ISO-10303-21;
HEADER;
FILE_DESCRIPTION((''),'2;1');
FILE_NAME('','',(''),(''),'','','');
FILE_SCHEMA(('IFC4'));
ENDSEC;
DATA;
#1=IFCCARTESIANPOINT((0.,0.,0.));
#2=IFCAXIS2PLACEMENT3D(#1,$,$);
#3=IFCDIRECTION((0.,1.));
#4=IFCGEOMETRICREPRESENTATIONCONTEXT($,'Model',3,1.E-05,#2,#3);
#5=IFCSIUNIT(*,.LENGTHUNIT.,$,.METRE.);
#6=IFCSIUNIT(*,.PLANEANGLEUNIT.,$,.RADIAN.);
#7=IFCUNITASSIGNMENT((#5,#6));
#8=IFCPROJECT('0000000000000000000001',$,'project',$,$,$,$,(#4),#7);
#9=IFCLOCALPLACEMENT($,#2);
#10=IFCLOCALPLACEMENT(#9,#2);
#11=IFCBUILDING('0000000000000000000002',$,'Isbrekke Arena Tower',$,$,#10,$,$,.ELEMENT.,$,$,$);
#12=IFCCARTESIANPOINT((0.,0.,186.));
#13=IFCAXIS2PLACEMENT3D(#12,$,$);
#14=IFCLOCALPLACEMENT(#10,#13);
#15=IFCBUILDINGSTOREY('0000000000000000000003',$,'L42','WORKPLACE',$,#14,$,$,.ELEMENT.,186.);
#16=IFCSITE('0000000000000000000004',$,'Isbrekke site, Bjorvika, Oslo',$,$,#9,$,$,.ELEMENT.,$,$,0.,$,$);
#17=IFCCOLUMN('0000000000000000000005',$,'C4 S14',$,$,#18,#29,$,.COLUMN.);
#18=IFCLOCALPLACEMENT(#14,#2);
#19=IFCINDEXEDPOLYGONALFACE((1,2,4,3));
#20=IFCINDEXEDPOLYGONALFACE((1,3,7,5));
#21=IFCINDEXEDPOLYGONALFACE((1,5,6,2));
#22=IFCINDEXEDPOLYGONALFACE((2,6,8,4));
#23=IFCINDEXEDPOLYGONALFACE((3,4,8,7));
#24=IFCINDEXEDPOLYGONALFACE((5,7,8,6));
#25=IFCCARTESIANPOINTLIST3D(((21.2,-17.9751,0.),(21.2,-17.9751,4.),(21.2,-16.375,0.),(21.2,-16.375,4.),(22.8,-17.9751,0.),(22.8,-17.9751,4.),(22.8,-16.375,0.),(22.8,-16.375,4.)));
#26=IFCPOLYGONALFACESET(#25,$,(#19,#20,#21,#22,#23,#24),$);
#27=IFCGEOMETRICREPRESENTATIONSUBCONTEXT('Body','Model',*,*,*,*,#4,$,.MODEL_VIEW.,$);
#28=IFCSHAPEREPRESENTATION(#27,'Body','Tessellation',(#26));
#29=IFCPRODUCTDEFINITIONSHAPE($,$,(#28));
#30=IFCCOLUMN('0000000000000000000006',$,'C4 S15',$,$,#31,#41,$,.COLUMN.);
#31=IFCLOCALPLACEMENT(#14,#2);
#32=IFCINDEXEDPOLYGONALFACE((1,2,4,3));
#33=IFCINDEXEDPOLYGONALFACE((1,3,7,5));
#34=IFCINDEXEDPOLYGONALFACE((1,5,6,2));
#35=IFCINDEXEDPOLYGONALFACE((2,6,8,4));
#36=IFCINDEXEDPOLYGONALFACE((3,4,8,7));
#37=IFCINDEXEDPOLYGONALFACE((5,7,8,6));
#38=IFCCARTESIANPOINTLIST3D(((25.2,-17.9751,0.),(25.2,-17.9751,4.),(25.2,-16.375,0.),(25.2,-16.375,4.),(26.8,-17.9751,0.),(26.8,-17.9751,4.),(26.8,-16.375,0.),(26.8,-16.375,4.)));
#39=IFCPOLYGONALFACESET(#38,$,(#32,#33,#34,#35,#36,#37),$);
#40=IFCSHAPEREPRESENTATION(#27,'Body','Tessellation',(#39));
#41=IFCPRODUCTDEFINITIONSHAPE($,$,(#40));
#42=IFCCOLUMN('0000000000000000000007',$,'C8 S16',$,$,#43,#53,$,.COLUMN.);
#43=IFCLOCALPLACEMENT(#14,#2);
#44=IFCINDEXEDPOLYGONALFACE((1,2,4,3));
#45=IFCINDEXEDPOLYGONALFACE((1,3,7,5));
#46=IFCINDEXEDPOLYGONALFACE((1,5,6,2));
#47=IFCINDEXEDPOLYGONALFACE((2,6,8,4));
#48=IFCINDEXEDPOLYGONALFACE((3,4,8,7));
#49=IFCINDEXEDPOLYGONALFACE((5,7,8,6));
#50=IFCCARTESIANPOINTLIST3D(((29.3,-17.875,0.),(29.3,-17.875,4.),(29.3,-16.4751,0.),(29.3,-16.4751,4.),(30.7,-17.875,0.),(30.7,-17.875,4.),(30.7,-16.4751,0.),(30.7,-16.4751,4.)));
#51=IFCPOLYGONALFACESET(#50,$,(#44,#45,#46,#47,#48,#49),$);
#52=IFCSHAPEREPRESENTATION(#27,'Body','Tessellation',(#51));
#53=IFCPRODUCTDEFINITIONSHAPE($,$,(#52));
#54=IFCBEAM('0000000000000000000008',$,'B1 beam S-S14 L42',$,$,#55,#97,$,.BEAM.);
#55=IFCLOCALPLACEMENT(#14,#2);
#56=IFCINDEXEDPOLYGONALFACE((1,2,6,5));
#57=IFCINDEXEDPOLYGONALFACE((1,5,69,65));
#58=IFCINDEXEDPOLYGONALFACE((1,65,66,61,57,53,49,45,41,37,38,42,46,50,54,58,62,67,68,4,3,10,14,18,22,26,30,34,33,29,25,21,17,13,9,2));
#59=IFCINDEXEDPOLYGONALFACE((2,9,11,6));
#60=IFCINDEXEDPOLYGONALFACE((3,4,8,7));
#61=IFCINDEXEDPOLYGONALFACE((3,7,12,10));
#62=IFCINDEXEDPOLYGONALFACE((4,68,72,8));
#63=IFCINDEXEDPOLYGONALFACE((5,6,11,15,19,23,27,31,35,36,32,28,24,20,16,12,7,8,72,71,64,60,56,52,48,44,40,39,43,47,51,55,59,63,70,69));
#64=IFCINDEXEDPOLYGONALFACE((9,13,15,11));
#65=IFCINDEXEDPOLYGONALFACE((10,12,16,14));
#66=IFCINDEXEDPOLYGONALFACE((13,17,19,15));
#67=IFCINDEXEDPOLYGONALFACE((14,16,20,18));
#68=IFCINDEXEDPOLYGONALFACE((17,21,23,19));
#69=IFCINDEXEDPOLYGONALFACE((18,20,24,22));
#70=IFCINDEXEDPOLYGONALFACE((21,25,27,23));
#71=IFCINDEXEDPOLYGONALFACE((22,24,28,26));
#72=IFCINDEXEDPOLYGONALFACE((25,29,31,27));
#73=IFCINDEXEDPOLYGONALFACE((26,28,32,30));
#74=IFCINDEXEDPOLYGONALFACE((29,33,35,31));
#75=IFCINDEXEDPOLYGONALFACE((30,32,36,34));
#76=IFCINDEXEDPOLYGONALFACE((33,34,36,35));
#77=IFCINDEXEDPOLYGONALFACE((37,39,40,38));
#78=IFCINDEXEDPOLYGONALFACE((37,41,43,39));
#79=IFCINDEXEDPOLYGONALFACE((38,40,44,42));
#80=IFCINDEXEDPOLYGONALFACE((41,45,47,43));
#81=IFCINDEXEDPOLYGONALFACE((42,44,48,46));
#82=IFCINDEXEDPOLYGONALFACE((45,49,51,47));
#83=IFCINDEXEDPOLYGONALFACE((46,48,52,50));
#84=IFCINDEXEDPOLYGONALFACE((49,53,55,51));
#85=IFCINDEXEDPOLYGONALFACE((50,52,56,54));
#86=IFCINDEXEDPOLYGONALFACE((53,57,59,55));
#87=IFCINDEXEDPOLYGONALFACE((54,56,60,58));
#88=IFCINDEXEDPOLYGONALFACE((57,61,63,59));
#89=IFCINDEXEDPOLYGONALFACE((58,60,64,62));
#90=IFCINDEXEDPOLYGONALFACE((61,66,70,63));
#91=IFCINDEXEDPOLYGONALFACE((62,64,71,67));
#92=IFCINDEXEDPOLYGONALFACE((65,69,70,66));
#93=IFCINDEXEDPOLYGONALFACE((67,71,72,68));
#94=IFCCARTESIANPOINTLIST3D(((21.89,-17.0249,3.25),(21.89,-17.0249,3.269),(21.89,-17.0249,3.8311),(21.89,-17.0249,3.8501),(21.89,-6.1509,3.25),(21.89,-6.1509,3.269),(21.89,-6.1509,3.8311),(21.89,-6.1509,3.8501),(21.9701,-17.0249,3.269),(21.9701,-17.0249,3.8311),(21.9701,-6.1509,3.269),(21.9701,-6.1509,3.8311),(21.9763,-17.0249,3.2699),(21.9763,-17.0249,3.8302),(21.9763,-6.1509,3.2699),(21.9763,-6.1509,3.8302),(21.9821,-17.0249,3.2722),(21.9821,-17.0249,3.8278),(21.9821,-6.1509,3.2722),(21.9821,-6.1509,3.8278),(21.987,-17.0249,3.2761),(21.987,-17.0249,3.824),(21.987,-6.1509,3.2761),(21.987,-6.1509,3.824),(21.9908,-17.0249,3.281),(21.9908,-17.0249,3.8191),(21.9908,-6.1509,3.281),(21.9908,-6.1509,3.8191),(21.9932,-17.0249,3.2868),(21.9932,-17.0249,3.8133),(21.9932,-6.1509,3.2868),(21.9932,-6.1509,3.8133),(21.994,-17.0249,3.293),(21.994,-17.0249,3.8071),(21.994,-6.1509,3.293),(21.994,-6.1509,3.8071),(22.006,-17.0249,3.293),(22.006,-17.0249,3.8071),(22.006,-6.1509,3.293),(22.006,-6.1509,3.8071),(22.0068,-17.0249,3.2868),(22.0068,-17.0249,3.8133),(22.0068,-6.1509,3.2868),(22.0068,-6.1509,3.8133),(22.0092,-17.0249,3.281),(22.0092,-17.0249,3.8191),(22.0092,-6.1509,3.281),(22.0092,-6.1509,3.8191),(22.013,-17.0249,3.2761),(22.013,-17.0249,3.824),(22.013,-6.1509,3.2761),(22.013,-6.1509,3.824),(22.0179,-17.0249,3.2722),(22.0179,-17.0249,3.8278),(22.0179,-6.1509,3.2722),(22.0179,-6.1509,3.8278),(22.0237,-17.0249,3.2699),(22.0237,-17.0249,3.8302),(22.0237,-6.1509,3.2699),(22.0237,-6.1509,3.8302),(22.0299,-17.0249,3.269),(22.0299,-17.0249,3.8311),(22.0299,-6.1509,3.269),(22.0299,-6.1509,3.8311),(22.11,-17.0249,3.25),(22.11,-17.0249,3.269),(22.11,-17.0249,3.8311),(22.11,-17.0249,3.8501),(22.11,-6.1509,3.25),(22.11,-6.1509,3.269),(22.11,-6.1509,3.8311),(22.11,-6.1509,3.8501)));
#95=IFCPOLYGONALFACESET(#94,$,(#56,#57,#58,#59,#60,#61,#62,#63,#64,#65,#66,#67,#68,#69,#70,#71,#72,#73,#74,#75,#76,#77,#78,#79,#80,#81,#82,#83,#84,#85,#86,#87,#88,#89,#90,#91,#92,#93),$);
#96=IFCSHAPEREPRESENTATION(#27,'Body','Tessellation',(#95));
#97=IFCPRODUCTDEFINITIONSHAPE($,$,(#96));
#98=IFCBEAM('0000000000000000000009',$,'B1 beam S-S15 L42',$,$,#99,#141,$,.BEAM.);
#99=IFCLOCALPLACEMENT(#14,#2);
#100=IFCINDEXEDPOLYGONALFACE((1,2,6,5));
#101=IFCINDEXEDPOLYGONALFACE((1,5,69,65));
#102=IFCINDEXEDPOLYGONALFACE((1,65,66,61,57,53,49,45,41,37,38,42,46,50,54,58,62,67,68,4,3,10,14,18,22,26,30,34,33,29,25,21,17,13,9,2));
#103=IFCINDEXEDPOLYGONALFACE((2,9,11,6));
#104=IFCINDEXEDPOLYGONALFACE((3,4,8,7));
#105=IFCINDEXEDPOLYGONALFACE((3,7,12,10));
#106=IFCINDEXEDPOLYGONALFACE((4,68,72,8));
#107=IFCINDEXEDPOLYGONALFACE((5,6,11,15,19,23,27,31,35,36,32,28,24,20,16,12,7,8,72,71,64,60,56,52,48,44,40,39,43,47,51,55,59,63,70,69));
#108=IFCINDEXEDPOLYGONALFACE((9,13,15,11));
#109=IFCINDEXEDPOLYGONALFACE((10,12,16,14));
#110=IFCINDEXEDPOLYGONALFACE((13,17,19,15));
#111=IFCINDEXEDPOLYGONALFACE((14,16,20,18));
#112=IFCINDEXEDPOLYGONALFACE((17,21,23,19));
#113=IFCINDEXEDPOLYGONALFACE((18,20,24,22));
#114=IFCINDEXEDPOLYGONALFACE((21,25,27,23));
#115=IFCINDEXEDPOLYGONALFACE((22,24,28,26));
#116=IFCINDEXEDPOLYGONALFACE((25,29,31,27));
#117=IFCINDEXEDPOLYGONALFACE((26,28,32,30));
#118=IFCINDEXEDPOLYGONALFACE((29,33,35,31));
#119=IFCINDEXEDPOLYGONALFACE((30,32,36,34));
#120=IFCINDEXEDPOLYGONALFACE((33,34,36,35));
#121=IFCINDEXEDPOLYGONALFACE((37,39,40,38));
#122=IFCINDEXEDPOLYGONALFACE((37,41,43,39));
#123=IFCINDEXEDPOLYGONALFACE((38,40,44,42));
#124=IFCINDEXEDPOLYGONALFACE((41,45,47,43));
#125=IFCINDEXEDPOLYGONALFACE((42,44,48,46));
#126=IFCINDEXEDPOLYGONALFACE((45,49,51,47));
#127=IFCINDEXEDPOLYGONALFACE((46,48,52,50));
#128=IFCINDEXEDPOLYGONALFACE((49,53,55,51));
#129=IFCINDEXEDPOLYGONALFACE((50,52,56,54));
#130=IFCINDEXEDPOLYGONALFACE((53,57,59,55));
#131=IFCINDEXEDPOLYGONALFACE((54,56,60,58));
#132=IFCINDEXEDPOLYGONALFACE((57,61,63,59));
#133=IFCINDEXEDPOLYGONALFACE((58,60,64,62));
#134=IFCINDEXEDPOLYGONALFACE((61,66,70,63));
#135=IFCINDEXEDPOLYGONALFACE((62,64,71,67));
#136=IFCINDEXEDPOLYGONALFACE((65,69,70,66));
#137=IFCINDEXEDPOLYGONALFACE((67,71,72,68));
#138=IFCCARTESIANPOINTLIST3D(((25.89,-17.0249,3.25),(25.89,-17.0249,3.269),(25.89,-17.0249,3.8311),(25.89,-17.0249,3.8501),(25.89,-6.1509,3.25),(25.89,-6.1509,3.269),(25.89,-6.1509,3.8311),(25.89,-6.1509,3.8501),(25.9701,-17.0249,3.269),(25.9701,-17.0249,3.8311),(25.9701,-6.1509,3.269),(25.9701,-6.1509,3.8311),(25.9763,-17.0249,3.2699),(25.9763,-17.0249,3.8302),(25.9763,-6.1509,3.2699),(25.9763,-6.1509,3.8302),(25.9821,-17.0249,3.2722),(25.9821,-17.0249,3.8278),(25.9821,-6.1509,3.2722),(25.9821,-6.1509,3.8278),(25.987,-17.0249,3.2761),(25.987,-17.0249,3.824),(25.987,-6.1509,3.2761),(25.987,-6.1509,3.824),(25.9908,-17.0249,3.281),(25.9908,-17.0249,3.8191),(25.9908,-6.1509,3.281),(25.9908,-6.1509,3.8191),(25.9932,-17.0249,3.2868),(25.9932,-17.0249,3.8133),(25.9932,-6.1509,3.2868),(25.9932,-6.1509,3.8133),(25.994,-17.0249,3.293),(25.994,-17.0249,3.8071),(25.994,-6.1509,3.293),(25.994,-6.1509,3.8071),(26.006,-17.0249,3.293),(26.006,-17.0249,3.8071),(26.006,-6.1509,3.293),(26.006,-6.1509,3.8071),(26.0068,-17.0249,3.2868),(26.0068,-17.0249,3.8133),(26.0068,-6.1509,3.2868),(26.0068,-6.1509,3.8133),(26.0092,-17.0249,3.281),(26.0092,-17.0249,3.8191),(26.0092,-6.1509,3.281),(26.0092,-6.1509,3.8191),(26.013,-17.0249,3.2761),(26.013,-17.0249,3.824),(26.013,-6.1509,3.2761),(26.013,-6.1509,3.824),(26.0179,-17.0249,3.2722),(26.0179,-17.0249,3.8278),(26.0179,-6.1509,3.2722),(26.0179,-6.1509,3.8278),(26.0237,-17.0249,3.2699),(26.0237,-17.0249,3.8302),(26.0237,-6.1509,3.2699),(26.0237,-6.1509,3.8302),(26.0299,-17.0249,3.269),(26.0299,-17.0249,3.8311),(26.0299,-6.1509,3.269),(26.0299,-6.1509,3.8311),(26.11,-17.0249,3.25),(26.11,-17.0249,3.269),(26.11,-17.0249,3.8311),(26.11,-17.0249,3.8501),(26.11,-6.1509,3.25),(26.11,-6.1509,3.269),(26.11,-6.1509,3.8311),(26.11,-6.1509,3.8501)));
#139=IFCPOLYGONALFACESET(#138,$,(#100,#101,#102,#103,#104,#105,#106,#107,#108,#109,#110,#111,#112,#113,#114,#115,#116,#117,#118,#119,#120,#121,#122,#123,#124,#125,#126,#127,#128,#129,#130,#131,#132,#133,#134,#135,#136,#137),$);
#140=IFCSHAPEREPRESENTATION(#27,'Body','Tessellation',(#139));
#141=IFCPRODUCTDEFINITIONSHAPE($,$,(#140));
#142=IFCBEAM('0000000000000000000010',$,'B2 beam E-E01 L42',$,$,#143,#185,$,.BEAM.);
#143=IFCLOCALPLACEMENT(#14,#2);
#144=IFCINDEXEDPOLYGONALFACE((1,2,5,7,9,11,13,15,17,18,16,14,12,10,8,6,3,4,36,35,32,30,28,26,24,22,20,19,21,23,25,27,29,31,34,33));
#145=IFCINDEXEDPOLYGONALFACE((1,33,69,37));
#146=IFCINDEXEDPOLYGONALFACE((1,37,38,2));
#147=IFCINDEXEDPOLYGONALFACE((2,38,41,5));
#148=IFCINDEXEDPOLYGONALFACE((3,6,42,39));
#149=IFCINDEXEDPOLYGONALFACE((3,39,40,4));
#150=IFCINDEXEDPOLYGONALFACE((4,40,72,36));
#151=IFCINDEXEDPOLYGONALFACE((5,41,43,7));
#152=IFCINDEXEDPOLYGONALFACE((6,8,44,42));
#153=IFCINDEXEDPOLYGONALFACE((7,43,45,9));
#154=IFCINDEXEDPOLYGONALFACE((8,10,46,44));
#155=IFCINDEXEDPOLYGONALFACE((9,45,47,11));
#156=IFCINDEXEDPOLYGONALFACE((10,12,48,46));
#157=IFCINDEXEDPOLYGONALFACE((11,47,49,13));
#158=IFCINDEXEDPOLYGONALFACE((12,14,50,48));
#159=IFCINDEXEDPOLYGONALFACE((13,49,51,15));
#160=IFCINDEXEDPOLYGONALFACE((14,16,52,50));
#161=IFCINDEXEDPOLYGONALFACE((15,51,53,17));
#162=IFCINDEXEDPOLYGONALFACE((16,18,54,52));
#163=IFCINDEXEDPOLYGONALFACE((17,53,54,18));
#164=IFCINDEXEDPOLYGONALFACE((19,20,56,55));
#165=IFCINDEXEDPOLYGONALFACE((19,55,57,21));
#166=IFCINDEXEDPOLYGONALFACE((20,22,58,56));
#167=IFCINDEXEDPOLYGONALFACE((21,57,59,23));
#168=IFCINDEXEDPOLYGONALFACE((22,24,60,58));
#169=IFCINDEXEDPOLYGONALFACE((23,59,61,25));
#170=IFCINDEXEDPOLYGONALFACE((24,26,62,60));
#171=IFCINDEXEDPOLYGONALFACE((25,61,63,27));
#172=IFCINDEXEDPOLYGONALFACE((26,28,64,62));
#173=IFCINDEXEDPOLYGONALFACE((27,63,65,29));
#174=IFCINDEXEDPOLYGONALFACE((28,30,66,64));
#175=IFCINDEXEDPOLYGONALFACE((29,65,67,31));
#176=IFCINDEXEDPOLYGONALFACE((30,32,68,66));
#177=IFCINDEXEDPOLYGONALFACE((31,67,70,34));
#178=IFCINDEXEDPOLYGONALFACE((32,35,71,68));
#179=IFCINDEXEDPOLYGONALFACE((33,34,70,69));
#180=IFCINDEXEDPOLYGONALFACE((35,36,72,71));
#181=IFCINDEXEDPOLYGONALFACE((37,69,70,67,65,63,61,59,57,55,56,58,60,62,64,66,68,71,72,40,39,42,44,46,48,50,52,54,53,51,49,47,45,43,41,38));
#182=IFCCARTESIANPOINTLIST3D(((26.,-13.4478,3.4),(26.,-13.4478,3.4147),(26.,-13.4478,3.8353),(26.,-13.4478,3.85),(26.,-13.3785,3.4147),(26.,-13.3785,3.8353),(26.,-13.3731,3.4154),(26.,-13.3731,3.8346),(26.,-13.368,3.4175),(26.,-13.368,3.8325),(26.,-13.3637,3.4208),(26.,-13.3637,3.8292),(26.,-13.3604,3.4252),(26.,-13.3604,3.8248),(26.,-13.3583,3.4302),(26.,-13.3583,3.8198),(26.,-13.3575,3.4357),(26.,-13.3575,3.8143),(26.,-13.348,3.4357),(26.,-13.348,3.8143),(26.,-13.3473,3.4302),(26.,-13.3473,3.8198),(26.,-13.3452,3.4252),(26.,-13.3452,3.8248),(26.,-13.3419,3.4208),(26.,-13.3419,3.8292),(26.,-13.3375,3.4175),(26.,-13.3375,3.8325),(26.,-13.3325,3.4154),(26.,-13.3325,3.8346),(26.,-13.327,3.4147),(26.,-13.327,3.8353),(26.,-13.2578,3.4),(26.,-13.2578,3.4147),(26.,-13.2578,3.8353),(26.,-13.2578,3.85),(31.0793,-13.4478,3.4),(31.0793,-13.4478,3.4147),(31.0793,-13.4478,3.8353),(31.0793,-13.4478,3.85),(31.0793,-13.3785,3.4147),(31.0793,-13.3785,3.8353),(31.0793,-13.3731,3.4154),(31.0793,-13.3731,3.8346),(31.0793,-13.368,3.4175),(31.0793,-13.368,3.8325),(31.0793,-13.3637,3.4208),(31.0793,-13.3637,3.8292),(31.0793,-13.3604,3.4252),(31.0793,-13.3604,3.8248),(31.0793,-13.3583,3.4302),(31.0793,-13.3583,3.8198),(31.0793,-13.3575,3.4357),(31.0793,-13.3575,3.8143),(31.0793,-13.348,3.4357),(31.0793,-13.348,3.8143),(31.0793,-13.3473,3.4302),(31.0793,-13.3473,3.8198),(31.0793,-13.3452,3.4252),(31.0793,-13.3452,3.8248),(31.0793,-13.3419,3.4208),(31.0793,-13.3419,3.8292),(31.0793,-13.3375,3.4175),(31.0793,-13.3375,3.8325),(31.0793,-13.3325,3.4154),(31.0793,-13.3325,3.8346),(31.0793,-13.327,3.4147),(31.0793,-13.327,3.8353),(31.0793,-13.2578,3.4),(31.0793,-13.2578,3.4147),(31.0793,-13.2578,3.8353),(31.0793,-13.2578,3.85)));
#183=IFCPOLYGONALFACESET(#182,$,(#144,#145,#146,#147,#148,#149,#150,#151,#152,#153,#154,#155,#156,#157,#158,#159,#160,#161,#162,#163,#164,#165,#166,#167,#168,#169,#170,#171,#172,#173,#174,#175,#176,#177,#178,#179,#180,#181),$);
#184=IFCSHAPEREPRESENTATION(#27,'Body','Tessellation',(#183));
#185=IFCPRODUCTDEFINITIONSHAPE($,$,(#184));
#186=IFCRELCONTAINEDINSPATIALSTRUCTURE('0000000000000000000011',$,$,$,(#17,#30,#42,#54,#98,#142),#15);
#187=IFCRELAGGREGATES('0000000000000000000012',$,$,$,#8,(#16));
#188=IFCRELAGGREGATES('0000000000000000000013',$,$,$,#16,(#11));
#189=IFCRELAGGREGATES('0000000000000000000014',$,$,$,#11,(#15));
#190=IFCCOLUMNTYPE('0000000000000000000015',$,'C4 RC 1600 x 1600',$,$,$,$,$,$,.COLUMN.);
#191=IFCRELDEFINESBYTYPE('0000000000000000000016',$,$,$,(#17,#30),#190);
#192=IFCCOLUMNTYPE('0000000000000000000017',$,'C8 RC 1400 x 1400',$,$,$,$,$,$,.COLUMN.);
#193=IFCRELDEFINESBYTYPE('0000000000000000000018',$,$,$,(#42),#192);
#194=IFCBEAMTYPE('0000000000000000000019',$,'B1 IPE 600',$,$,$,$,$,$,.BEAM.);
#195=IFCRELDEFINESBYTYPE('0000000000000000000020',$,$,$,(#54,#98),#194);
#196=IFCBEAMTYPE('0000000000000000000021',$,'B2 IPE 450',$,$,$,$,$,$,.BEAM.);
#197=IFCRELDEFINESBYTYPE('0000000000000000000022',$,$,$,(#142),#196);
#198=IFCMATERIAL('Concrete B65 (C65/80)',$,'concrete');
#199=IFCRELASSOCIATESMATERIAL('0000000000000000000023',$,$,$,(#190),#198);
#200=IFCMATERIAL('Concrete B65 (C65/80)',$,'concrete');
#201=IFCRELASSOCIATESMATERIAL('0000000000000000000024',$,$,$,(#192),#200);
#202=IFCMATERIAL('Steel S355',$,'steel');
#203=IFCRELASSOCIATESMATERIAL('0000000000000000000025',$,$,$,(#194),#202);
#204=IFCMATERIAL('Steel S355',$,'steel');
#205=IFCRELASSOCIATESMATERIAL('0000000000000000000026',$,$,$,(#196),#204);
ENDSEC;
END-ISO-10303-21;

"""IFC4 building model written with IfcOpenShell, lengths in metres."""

from ifc_helpers import new_model, si_unit, direction, frame, origin, origin_2d, place, context, subcontext, project, spatial, rectangle, i_section, extrude, material, material_profile, profile_set, type_object, element, save


model = new_model("IFC4")

# Units and contexts
model_context = context("Model", 3, precision=1e-05, world=origin(), true_north=direction((0.0, 1.0)))
body_context = subcontext(model_context, "Body", "Model", "MODEL_VIEW")
ifc_project = project(units=[si_unit("LENGTHUNIT", "METRE"), si_unit("PLANEANGLEUNIT", "RADIAN")], contexts=[model_context])

# Site, building, storey
site_placement = place(None, origin())
site = spatial("IfcSite", under=ifc_project, at=site_placement, Name="Isbrekke site, Bjorvika, Oslo", CompositionType="ELEMENT", RefElevation=0.0)
building_placement = place(site_placement, origin())
building = spatial("IfcBuilding", under=site, at=building_placement, Name="Isbrekke Arena Tower", CompositionType="ELEMENT")
storey_placement = place(building_placement, frame((0.0, 0.0, 186.0)))
storey = spatial("IfcBuildingStorey", under=building, at=storey_placement, Name="L42", Description="WORKPLACE", CompositionType="ELEMENT", Elevation=186.0)

# Columns
ifc_material_1 = material(Name="Concrete B65 (C65/80)", Category="concrete")
ifc_material_profile_1 = material_profile(ifc_material_1, rectangle(XDim=1.6001, YDim=1.6001, at=origin_2d()), Name="RC 1600x1600")
ifc_profile_set_1 = profile_set([ifc_material_profile_1], Name="Concrete B65 (C65/80)")
column_type_1 = type_object("IfcColumnType", Name="C4 RC 1600 x 1600", PredefinedType="COLUMN", material=ifc_profile_set_1)
for number, where, z_axis, x_axis, name in (
    (1, (22.0, -17.175, 0.0), (0.0, 0.0, 1.0), (1.0, 0.0, 0.0), "C4 S14"),
    (2, (26.0, -17.175, 0.0), (0.0, 0.0, 1.0), (1.0, 0.0, 0.0), "C4 S15"),
):
    element("IfcColumn", number, at=place(storey_placement, frame(where, z_axis=z_axis, x_axis=x_axis)), inside=storey, type_object=column_type_1, Name=name, PredefinedType="COLUMN", context=body_context, shape_type="SweptSolid", body=[
        extrude(rectangle(XDim=1.6001, YDim=1.6001, at=origin_2d()), origin(), (0.0, 0.0, 1.0), 4.0),
    ])
ifc_material_2 = material(Name="Concrete B65 (C65/80)", Category="concrete")
ifc_material_profile_2 = material_profile(ifc_material_2, rectangle(XDim=1.3999, YDim=1.3999, at=origin_2d()), Name="RC 1400x1400")
ifc_profile_set_2 = profile_set([ifc_material_profile_2], Name="Concrete B65 (C65/80)")
column_type_2 = type_object("IfcColumnType", Name="C8 RC 1400 x 1400", PredefinedType="COLUMN", material=ifc_profile_set_2)
column_placement = place(storey_placement, frame((30.0, -17.175, 0.0), z_axis=(0.0, 0.0, 1.0), x_axis=(1.0, 0.0, 0.0)))
element("IfcColumn", 3, at=column_placement, inside=storey, type_object=column_type_2, Name="C8 S16", PredefinedType="COLUMN", context=body_context, shape_type="SweptSolid", body=[
    extrude(rectangle(XDim=1.3999, YDim=1.3999, at=origin_2d()), origin(), (0.0, 0.0, 1.0), 4.0),
])

# Beams
ifc_material_3 = material(Name="Steel S355", Category="steel")
ifc_material_profile_3 = material_profile(ifc_material_3, i_section(OverallWidth=0.22, OverallDepth=0.6001, WebThickness=0.012, FlangeThickness=0.019, FilletRadius=0.0239, at=origin_2d()), Name="IPE 600")
ifc_profile_set_3 = profile_set([ifc_material_profile_3], Name="Steel S355")
beam_type_1 = type_object("IfcBeamType", Name="B1 IPE 600", PredefinedType="BEAM", material=ifc_profile_set_3)
for number, where, z_axis, x_axis, name in (
    (4, (22.0, -17.0249, 3.55), (0.0, 1.0, 0.0), (-1.0, 0.0, 0.0), "B1 beam S-S14 L42"),
    (5, (26.0, -17.0249, 3.55), (0.0, 1.0, 0.0), (-1.0, 0.0, 0.0), "B1 beam S-S15 L42"),
):
    element("IfcBeam", number, at=place(storey_placement, frame(where, z_axis=z_axis, x_axis=x_axis)), inside=storey, type_object=beam_type_1, Name=name, PredefinedType="BEAM", context=body_context, shape_type="SweptSolid", body=[
        extrude(i_section(OverallWidth=0.22, OverallDepth=0.6001, WebThickness=0.012, FlangeThickness=0.019, FilletRadius=0.0239, at=origin_2d()), origin(), (0.0, 0.0, 1.0), 10.874),
    ])
ifc_material_4 = material(Name="Steel S355", Category="steel")
ifc_material_profile_4 = material_profile(ifc_material_4, i_section(OverallWidth=0.1899, OverallDepth=0.45, WebThickness=0.0095, FlangeThickness=0.0146, FilletRadius=0.021, at=origin_2d()), Name="IPE 450")
ifc_profile_set_4 = profile_set([ifc_material_profile_4], Name="Steel S355")
beam_type_2 = type_object("IfcBeamType", Name="B2 IPE 450", PredefinedType="BEAM", material=ifc_profile_set_4)
beam_1_placement = place(storey_placement, frame((31.0793, -13.3528, 3.625), z_axis=(-1.0, 0.0, 0.0), x_axis=(0.0, -1.0, 0.0)))
element("IfcBeam", 6, at=beam_1_placement, inside=storey, type_object=beam_type_2, Name="B2 beam E-E01 L42", PredefinedType="BEAM", context=body_context, shape_type="SweptSolid", body=[
    extrude(i_section(OverallWidth=0.1899, OverallDepth=0.45, WebThickness=0.0095, FlangeThickness=0.0146, FilletRadius=0.021, at=origin_2d()), origin(), (0.0, 0.0, 1.0), 5.0793),
])

save(model, "model.ifc")
